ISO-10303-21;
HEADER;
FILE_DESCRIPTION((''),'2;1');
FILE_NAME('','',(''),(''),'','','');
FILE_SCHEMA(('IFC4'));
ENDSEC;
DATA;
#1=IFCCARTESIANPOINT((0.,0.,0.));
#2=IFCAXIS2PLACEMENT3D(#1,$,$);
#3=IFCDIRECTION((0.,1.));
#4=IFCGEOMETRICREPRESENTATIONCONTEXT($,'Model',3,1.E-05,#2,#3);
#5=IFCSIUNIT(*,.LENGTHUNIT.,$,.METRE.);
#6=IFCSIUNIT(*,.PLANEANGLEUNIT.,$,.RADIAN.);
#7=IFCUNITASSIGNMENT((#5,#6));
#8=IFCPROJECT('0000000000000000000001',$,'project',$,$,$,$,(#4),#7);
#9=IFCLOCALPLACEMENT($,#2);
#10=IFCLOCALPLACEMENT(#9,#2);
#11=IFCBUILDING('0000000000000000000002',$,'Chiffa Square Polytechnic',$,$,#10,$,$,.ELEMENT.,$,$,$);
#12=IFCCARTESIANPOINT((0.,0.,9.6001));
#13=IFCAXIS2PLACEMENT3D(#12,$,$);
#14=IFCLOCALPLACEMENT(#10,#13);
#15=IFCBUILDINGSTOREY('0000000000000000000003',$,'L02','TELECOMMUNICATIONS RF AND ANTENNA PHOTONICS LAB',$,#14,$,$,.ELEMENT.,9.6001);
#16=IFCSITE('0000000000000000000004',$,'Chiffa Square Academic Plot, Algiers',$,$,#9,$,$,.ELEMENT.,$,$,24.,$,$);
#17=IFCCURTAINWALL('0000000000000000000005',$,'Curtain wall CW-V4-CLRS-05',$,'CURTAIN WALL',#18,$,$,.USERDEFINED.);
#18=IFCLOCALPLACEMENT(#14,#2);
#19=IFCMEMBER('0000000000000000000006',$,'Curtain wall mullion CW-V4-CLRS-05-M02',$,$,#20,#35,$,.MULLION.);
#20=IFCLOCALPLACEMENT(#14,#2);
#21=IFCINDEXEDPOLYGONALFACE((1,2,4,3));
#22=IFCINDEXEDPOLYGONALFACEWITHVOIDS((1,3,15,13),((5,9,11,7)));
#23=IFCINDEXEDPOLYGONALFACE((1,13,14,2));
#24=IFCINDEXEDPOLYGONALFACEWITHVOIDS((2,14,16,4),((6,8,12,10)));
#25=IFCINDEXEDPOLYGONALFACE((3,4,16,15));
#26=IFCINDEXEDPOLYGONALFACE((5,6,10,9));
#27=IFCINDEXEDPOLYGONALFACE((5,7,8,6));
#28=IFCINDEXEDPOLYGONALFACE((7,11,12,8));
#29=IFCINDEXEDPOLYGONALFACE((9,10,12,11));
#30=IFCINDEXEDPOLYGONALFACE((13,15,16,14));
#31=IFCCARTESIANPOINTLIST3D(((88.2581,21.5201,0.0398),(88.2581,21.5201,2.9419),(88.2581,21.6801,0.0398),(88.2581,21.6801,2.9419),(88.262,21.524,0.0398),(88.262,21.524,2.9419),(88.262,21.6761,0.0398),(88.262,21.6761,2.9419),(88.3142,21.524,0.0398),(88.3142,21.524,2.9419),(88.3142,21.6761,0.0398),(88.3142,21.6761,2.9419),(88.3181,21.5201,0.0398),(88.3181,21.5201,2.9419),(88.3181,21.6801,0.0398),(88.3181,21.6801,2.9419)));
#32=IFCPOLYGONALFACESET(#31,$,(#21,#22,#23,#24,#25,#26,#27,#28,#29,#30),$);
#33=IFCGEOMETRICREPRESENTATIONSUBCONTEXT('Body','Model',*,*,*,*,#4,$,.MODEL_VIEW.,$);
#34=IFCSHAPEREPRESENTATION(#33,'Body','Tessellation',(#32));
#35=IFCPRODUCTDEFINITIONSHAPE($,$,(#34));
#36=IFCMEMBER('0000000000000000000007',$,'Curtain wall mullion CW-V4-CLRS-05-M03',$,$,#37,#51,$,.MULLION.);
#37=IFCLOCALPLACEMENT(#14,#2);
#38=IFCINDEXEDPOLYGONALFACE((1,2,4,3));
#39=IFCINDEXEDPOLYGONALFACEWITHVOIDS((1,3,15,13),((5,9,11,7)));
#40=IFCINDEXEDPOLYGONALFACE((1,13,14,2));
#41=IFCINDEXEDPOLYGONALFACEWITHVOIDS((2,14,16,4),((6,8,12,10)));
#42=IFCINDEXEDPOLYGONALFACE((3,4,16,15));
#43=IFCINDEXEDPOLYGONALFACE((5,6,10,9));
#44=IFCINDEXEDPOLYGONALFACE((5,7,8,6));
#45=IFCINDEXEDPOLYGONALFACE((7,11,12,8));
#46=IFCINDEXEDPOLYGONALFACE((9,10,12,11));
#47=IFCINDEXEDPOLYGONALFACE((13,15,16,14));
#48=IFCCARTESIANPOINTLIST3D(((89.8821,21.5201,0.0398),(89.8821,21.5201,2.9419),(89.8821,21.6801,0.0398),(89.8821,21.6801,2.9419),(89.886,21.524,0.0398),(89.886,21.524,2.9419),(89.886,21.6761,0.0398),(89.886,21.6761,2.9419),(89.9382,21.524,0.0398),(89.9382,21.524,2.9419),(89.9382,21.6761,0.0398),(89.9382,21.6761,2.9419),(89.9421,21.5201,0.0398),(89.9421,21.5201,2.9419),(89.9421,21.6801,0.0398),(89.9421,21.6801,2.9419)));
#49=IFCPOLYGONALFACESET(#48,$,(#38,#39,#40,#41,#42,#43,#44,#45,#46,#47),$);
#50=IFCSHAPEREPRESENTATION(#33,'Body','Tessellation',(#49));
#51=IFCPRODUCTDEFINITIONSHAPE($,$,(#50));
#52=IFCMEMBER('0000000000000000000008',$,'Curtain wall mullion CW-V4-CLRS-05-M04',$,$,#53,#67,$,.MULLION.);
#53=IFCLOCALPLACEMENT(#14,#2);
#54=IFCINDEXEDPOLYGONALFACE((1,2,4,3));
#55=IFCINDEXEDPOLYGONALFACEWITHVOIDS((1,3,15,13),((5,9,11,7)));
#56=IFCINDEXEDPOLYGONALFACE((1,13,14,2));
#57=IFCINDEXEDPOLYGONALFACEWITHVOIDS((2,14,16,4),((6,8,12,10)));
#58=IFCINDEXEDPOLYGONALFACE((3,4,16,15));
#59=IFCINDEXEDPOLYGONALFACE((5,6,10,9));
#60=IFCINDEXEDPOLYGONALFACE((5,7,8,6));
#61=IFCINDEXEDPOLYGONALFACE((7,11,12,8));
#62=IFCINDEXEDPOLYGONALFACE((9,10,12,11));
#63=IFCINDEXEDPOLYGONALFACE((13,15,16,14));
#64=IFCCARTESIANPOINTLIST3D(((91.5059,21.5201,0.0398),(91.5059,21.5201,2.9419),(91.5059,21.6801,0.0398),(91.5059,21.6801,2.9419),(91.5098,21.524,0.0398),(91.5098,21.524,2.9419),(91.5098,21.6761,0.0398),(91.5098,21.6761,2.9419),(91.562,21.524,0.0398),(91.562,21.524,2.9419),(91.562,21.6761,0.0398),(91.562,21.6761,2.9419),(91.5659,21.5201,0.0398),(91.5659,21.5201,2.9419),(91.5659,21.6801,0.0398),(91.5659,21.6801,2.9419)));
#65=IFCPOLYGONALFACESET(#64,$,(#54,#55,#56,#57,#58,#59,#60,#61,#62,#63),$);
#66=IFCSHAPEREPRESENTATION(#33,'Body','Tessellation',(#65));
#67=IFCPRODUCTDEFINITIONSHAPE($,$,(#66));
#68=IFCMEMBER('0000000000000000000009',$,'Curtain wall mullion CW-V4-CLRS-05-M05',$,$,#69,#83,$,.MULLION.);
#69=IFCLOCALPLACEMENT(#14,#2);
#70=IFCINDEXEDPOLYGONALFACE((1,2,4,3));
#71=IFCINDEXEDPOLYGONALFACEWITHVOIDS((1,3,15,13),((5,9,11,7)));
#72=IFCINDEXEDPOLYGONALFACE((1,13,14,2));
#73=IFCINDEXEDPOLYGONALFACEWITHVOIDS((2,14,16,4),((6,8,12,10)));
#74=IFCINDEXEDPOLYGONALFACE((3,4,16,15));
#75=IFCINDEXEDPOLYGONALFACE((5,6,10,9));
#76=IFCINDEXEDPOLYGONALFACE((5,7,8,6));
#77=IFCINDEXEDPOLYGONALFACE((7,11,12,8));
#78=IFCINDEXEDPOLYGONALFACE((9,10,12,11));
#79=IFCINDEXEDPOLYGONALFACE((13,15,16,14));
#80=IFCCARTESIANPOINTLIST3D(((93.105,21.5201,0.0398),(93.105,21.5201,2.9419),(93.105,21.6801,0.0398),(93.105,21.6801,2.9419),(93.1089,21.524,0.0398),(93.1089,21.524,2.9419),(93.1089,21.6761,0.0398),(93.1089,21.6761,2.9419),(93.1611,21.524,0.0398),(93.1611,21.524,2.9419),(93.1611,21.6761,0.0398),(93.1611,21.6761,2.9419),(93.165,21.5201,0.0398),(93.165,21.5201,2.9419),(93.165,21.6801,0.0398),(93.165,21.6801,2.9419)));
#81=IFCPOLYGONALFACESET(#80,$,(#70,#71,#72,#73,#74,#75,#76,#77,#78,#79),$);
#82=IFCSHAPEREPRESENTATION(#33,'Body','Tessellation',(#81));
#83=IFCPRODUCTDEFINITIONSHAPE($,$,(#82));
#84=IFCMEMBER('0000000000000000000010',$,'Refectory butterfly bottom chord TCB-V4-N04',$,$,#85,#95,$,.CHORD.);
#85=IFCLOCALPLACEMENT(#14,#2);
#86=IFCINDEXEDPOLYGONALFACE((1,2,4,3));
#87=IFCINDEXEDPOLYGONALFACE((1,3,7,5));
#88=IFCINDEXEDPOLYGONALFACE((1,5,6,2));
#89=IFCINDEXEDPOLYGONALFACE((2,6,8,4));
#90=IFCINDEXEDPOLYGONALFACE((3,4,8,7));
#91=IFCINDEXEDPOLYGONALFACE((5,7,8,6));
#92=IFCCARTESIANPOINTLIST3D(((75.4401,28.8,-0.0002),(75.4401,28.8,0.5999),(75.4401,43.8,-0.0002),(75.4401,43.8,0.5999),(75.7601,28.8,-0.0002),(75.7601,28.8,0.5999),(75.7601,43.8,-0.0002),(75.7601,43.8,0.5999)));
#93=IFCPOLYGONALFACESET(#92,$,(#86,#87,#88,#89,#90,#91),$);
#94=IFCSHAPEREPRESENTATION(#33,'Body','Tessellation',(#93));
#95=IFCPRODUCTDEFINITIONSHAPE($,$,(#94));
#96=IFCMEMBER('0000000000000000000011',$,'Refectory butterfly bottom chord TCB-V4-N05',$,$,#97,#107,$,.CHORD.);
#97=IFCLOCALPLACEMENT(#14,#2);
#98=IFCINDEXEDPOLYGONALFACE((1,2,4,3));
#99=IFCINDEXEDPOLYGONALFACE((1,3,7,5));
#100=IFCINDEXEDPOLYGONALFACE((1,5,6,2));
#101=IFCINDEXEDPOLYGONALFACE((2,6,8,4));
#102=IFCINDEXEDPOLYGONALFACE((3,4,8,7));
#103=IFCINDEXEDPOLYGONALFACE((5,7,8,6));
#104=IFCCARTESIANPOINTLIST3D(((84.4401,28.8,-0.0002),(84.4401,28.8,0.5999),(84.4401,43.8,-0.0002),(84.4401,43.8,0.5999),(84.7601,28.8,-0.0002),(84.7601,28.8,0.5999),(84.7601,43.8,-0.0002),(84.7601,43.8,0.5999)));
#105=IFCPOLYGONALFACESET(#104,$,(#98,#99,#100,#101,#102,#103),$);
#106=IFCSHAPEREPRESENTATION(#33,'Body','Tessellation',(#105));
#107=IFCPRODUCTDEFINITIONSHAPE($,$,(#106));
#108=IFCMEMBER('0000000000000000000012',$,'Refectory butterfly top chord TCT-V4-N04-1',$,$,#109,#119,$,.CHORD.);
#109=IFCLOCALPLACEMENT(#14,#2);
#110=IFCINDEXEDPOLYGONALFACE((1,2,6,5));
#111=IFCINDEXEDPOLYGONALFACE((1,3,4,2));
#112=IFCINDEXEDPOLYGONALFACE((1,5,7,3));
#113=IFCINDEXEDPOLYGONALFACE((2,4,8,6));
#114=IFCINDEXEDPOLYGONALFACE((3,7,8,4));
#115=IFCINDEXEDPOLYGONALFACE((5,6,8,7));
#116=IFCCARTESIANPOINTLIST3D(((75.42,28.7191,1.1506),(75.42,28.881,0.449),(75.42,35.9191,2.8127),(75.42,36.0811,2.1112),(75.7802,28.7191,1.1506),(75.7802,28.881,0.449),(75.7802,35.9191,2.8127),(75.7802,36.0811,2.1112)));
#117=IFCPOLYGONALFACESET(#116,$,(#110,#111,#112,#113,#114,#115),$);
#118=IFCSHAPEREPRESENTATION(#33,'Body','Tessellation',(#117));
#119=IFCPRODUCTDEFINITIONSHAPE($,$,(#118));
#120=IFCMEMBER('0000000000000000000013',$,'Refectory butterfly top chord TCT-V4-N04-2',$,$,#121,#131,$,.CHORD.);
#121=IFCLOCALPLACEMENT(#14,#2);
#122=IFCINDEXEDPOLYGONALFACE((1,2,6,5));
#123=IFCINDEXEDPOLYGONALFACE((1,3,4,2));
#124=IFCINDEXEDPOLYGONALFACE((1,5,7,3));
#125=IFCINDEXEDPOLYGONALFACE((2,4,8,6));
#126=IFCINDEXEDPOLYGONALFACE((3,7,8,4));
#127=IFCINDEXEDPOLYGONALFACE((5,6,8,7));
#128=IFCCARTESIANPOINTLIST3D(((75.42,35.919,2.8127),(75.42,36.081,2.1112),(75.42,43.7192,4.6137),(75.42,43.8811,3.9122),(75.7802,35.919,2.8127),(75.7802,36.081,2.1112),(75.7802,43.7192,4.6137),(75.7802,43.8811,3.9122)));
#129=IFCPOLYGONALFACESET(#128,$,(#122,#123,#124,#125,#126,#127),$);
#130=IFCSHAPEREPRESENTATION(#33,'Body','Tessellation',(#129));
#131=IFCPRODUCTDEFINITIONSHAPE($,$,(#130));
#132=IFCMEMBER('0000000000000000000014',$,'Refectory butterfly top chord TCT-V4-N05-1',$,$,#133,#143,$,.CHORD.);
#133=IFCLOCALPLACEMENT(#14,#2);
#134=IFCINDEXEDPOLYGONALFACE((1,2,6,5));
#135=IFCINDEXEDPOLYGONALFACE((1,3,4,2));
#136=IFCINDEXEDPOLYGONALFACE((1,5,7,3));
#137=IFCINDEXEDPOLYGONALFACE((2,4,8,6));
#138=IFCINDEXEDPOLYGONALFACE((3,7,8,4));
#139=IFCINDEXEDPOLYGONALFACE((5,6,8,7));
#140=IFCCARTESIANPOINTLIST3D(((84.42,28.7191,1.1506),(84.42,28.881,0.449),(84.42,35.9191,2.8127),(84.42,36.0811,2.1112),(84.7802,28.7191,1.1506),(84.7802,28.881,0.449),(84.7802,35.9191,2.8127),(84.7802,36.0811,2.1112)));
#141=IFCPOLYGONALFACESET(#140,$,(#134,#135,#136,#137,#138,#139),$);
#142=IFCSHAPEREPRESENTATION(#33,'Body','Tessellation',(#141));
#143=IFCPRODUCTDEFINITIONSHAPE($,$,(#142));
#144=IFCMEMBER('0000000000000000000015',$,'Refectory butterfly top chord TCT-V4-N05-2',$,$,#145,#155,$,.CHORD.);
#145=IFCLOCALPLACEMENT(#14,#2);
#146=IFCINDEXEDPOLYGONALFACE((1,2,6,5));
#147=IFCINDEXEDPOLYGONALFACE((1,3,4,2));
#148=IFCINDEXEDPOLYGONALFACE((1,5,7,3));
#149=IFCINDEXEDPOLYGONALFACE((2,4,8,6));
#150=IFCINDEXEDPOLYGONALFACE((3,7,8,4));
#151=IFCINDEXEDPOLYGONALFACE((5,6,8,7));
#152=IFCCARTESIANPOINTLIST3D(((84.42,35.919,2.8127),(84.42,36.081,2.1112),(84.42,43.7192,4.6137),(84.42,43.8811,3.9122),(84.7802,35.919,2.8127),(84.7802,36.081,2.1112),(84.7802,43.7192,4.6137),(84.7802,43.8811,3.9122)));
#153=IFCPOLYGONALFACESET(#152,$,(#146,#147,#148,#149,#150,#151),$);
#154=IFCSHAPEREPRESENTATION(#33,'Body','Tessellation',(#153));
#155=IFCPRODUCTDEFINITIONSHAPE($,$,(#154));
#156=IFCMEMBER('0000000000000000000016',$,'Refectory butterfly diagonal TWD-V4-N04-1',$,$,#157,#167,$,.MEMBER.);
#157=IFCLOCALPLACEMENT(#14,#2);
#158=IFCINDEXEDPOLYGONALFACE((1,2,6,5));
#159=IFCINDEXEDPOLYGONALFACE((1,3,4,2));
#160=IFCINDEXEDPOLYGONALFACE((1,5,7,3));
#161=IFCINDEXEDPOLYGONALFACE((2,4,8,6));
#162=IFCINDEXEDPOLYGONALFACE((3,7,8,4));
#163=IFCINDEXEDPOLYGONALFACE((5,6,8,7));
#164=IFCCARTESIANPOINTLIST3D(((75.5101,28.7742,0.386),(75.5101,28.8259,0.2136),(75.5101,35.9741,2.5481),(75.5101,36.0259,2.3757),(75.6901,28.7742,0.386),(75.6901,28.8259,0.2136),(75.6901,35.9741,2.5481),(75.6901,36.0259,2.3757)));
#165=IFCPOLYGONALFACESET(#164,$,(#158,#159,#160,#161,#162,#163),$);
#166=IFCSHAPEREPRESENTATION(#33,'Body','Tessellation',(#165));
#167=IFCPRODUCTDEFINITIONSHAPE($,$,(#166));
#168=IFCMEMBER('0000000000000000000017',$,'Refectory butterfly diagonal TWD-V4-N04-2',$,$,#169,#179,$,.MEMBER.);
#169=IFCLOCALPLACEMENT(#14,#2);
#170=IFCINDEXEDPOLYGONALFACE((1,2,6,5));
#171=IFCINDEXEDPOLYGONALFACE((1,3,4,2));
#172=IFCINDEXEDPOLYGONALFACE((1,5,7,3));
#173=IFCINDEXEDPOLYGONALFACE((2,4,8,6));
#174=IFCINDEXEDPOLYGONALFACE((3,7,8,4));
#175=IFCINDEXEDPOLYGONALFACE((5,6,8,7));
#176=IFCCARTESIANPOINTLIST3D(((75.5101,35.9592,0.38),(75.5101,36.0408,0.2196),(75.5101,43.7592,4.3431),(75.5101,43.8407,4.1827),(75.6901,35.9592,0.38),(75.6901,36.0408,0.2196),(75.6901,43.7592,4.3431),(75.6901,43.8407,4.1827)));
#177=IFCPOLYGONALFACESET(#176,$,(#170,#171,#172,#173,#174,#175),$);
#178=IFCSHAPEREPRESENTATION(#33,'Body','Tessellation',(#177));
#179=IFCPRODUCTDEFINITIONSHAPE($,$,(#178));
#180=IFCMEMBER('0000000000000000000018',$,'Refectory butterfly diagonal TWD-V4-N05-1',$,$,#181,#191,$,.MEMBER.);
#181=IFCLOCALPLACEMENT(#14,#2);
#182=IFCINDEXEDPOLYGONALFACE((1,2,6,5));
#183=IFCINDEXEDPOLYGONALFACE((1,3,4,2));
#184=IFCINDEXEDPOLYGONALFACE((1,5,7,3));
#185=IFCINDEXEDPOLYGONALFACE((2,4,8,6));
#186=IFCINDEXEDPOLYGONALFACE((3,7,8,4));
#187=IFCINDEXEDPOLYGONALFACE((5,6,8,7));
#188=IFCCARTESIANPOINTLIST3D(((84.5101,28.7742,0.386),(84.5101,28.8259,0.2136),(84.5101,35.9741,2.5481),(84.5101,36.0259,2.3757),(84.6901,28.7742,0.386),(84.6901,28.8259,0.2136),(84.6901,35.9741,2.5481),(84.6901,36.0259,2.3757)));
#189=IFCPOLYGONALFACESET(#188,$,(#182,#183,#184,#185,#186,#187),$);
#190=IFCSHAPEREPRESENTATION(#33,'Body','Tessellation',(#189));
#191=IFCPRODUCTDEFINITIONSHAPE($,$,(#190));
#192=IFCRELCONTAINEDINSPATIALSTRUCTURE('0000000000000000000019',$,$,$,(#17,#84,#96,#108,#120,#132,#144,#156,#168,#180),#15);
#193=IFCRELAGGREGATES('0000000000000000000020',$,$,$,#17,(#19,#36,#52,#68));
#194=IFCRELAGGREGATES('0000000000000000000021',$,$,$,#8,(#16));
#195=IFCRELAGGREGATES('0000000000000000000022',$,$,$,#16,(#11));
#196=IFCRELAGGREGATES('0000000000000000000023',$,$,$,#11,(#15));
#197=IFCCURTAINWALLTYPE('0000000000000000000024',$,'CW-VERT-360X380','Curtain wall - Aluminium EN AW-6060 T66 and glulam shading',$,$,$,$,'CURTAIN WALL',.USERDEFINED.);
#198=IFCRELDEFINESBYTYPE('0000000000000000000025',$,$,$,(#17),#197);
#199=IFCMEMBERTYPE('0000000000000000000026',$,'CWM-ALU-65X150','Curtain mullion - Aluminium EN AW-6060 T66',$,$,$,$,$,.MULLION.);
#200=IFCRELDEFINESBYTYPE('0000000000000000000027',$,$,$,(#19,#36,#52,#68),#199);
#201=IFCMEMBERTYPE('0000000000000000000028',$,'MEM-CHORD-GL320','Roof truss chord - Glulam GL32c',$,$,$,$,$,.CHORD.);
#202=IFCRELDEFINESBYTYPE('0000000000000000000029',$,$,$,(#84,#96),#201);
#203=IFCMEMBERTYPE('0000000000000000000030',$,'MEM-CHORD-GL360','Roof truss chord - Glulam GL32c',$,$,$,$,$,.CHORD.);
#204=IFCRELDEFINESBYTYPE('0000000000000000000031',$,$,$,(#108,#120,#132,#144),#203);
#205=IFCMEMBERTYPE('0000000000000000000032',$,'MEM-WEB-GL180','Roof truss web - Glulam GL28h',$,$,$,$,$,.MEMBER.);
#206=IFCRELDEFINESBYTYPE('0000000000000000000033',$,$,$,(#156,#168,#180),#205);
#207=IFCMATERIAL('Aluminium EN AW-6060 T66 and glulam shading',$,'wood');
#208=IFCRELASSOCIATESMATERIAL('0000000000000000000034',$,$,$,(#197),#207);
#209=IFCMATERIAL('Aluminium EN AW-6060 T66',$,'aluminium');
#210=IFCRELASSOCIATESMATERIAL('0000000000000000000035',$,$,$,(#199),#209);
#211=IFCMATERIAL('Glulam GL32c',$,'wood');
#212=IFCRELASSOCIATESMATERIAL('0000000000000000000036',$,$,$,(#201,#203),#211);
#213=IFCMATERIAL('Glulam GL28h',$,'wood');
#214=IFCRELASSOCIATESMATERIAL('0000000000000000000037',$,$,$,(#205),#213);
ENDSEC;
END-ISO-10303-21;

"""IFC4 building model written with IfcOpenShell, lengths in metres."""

from ifc_helpers import new_model, si_unit, direction, frame, origin, origin_2d, place, context, subcontext, project, spatial, rectangle, hollow_rectangle, extrude, material, material_profile, profile_set, type_object, element, aggregate, save


model = new_model("IFC4")

# Units and contexts
model_context = context("Model", 3, precision=1e-05, world=origin(), true_north=direction((0.0, 1.0)))
body_context = subcontext(model_context, "Body", "Model", "MODEL_VIEW")
ifc_project = project(units=[si_unit("LENGTHUNIT", "METRE"), si_unit("PLANEANGLEUNIT", "RADIAN")], contexts=[model_context])

# Site, building, storey
site_placement = place(None, origin())
site = spatial("IfcSite", under=ifc_project, at=site_placement, Name="Chiffa Square Academic Plot, Algiers", CompositionType="ELEMENT", RefElevation=24.0)
building_placement = place(site_placement, origin())
building = spatial("IfcBuilding", under=site, at=building_placement, Name="Chiffa Square Polytechnic", CompositionType="ELEMENT")
storey_placement = place(building_placement, frame((0.0, 0.0, 9.6001)))
storey = spatial("IfcBuildingStorey", under=building, at=storey_placement, Name="L02", Description="TELECOMMUNICATIONS RF AND ANTENNA PHOTONICS LAB", CompositionType="ELEMENT", Elevation=9.6001)

# Curtain wall, members
ifc_material_1 = material(Name="Aluminium EN AW-6060 T66 and glulam shading", Category="wood")
curtain_wall_type_1 = type_object("IfcCurtainWallType", Name="CW-VERT-360X380", Description="Curtain wall - Aluminium EN AW-6060 T66 and glulam shading", ElementType="CURTAIN WALL", PredefinedType="USERDEFINED", material=ifc_material_1)
curtain_wall_1_placement = place(storey_placement, origin())
curtain_wall_1 = element("IfcCurtainWall", 1, at=curtain_wall_1_placement, inside=storey, type_object=curtain_wall_type_1, Name="Curtain wall CW-V4-CLRS-05", ObjectType="CURTAIN WALL", PredefinedType="USERDEFINED")
ifc_material_2 = material(Name="Aluminium EN AW-6060 T66", Category="aluminium")
ifc_material_profile_1 = material_profile(ifc_material_2, hollow_rectangle(XDim=0.0601, YDim=0.1599, WallThickness=0.0039, at=origin_2d()), Name="ALU 60x160x4")
ifc_profile_set_1 = profile_set([ifc_material_profile_1], Name="Aluminium EN AW-6060 T66")
member_type_1 = type_object("IfcMemberType", Name="CWM-ALU-65X150", Description="Curtain mullion - Aluminium EN AW-6060 T66", PredefinedType="MULLION", material=ifc_profile_set_1)
member_1_placement = place(storey_placement, frame((88.2881, 21.6001, 0.0398), z_axis=(0.0, 0.0, 1.0), x_axis=(1.0, 0.0, 0.0)))
member_1 = element("IfcMember", 2, at=member_1_placement, type_object=member_type_1, Name="Curtain wall mullion CW-V4-CLRS-05-M02", PredefinedType="MULLION", context=body_context, shape_type="SweptSolid", body=[
    extrude(hollow_rectangle(XDim=0.0601, YDim=0.1599, WallThickness=0.0039, at=origin_2d()), origin(), (0.0, 0.0, 1.0), 2.9021),
])
member_2_placement = place(storey_placement, frame((89.9121, 21.6001, 0.0398), z_axis=(0.0, 0.0, 1.0), x_axis=(1.0, 0.0, 0.0)))
member_2 = element("IfcMember", 3, at=member_2_placement, type_object=member_type_1, Name="Curtain wall mullion CW-V4-CLRS-05-M03", PredefinedType="MULLION", context=body_context, shape_type="SweptSolid", body=[
    extrude(hollow_rectangle(XDim=0.0601, YDim=0.1599, WallThickness=0.0039, at=origin_2d()), origin(), (0.0, 0.0, 1.0), 2.9021),
])
member_3_placement = place(storey_placement, frame((91.5359, 21.6001, 0.0398), z_axis=(0.0, 0.0, 1.0), x_axis=(1.0, 0.0, 0.0)))
member_3 = element("IfcMember", 4, at=member_3_placement, type_object=member_type_1, Name="Curtain wall mullion CW-V4-CLRS-05-M04", PredefinedType="MULLION", context=body_context, shape_type="SweptSolid", body=[
    extrude(hollow_rectangle(XDim=0.0601, YDim=0.1599, WallThickness=0.0039, at=origin_2d()), origin(), (0.0, 0.0, 1.0), 2.9021),
])
member_4_placement = place(storey_placement, frame((93.135, 21.6001, 0.0398), z_axis=(0.0, 0.0, 1.0), x_axis=(1.0, 0.0, 0.0)))
member_4 = element("IfcMember", 5, at=member_4_placement, type_object=member_type_1, Name="Curtain wall mullion CW-V4-CLRS-05-M05", PredefinedType="MULLION", context=body_context, shape_type="SweptSolid", body=[
    extrude(hollow_rectangle(XDim=0.0601, YDim=0.1599, WallThickness=0.0039, at=origin_2d()), origin(), (0.0, 0.0, 1.0), 2.9021),
])

# Members
ifc_material_3 = material(Name="Glulam GL32c", Category="wood")
ifc_material_profile_2 = material_profile(ifc_material_3, rectangle(XDim=0.3201, YDim=0.6001, at=origin_2d()), Name="GL32c 320x600")
ifc_profile_set_2 = profile_set([ifc_material_profile_2], Name="Glulam GL32c")
member_type_2 = type_object("IfcMemberType", Name="MEM-CHORD-GL320", Description="Roof truss chord - Glulam GL32c", PredefinedType="CHORD", material=ifc_profile_set_2)
for number, where, z_axis, x_axis, name in (
    (6, (75.6001, 28.8, 0.2998), (0.0, 1.0, 0.0), (-1.0, 0.0, 0.0), "Refectory butterfly bottom chord TCB-V4-N04"),
    (7, (84.6001, 28.8, 0.2998), (0.0, 1.0, 0.0), (-1.0, 0.0, 0.0), "Refectory butterfly bottom chord TCB-V4-N05"),
):
    element("IfcMember", number, at=place(storey_placement, frame(where, z_axis=z_axis, x_axis=x_axis)), inside=storey, type_object=member_type_2, Name=name, PredefinedType="CHORD", context=body_context, shape_type="SweptSolid", body=[
        extrude(rectangle(XDim=0.3201, YDim=0.6001, at=origin_2d()), origin(), (0.0, 0.0, 1.0), 15.0),
    ])
ifc_material_profile_3 = material_profile(ifc_material_3, rectangle(XDim=0.3601, YDim=0.72, at=origin_2d()), Name="GL32c 360x720")
ifc_profile_set_3 = profile_set([ifc_material_profile_3], Name="Glulam GL32c")
member_type_3 = type_object("IfcMemberType", Name="MEM-CHORD-GL360", Description="Roof truss chord - Glulam GL32c", PredefinedType="CHORD", material=ifc_profile_set_3)
member_5_placement = place(storey_placement, frame((75.6001, 28.8, 0.7998), z_axis=(0.0, 0.974374, 0.224934), x_axis=(-1.0, 0.0, 0.0)))
element("IfcMember", 8, at=member_5_placement, inside=storey, type_object=member_type_3, Name="Refectory butterfly top chord TCT-V4-N04-1", PredefinedType="CHORD", context=body_context, shape_type="SweptSolid", body=[
    extrude(rectangle(XDim=0.3601, YDim=0.72, at=origin_2d()), origin(), (0.0, 0.0, 1.0), 7.3894),
])
member_6_placement = place(storey_placement, frame((75.6001, 36.0, 2.4619), z_axis=(0.0, 0.974363, 0.22498), x_axis=(-1.0, 0.0, 0.0)))
element("IfcMember", 9, at=member_6_placement, inside=storey, type_object=member_type_3, Name="Refectory butterfly top chord TCT-V4-N04-2", PredefinedType="CHORD", context=body_context, shape_type="SweptSolid", body=[
    extrude(rectangle(XDim=0.3601, YDim=0.72, at=origin_2d()), origin(), (0.0, 0.0, 1.0), 8.0054),
])
member_7_placement = place(storey_placement, frame((84.6001, 28.8, 0.7998), z_axis=(0.0, 0.974374, 0.224934), x_axis=(-1.0, 0.0, 0.0)))
element("IfcMember", 10, at=member_7_placement, inside=storey, type_object=member_type_3, Name="Refectory butterfly top chord TCT-V4-N05-1", PredefinedType="CHORD", context=body_context, shape_type="SweptSolid", body=[
    extrude(rectangle(XDim=0.3601, YDim=0.72, at=origin_2d()), origin(), (0.0, 0.0, 1.0), 7.3894),
])
member_8_placement = place(storey_placement, frame((84.6001, 36.0, 2.4619), z_axis=(0.0, 0.974363, 0.22498), x_axis=(-1.0, 0.0, 0.0)))
element("IfcMember", 11, at=member_8_placement, inside=storey, type_object=member_type_3, Name="Refectory butterfly top chord TCT-V4-N05-2", PredefinedType="CHORD", context=body_context, shape_type="SweptSolid", body=[
    extrude(rectangle(XDim=0.3601, YDim=0.72, at=origin_2d()), origin(), (0.0, 0.0, 1.0), 8.0054),
])
ifc_material_4 = material(Name="Glulam GL28h", Category="wood")
ifc_material_profile_4 = material_profile(ifc_material_4, rectangle(XDim=0.1799, YDim=0.1799, at=origin_2d()), Name="GL28h 180x180")
ifc_profile_set_4 = profile_set([ifc_material_profile_4], Name="Glulam GL28h")
member_type_4 = type_object("IfcMemberType", Name="MEM-WEB-GL180", Description="Roof truss web - Glulam GL28h", PredefinedType="MEMBER", material=ifc_profile_set_4)
member_9_placement = place(storey_placement, frame((75.6001, 28.8, 0.2998), z_axis=(0.0, 0.957748, 0.287607), x_axis=(-1.0, 0.0, 0.0)))
element("IfcMember", 12, at=member_9_placement, inside=storey, type_object=member_type_4, Name="Refectory butterfly diagonal TWD-V4-N04-1", PredefinedType="MEMBER", context=body_context, shape_type="SweptSolid", body=[
    extrude(rectangle(XDim=0.1799, YDim=0.1799, at=origin_2d()), origin(), (0.0, 0.0, 1.0), 7.5176),
])
member_10_placement = place(storey_placement, frame((75.6001, 36.0, 0.2998), z_axis=(0.0, 0.891523, 0.452975), x_axis=(-1.0, 0.0, 0.0)))
element("IfcMember", 13, at=member_10_placement, inside=storey, type_object=member_type_4, Name="Refectory butterfly diagonal TWD-V4-N04-2", PredefinedType="MEMBER", context=body_context, shape_type="SweptSolid", body=[
    extrude(rectangle(XDim=0.1799, YDim=0.1799, at=origin_2d()), origin(), (0.0, 0.0, 1.0), 8.749),
])
member_11_placement = place(storey_placement, frame((84.6001, 28.8, 0.2998), z_axis=(0.0, 0.957748, 0.287607), x_axis=(-1.0, 0.0, 0.0)))
element("IfcMember", 14, at=member_11_placement, inside=storey, type_object=member_type_4, Name="Refectory butterfly diagonal TWD-V4-N05-1", PredefinedType="MEMBER", context=body_context, shape_type="SweptSolid", body=[
    extrude(rectangle(XDim=0.1799, YDim=0.1799, at=origin_2d()), origin(), (0.0, 0.0, 1.0), 7.5176),
])

aggregate(curtain_wall_1, [member_1, member_2, member_3, member_4])

save(model, "model.ifc")
